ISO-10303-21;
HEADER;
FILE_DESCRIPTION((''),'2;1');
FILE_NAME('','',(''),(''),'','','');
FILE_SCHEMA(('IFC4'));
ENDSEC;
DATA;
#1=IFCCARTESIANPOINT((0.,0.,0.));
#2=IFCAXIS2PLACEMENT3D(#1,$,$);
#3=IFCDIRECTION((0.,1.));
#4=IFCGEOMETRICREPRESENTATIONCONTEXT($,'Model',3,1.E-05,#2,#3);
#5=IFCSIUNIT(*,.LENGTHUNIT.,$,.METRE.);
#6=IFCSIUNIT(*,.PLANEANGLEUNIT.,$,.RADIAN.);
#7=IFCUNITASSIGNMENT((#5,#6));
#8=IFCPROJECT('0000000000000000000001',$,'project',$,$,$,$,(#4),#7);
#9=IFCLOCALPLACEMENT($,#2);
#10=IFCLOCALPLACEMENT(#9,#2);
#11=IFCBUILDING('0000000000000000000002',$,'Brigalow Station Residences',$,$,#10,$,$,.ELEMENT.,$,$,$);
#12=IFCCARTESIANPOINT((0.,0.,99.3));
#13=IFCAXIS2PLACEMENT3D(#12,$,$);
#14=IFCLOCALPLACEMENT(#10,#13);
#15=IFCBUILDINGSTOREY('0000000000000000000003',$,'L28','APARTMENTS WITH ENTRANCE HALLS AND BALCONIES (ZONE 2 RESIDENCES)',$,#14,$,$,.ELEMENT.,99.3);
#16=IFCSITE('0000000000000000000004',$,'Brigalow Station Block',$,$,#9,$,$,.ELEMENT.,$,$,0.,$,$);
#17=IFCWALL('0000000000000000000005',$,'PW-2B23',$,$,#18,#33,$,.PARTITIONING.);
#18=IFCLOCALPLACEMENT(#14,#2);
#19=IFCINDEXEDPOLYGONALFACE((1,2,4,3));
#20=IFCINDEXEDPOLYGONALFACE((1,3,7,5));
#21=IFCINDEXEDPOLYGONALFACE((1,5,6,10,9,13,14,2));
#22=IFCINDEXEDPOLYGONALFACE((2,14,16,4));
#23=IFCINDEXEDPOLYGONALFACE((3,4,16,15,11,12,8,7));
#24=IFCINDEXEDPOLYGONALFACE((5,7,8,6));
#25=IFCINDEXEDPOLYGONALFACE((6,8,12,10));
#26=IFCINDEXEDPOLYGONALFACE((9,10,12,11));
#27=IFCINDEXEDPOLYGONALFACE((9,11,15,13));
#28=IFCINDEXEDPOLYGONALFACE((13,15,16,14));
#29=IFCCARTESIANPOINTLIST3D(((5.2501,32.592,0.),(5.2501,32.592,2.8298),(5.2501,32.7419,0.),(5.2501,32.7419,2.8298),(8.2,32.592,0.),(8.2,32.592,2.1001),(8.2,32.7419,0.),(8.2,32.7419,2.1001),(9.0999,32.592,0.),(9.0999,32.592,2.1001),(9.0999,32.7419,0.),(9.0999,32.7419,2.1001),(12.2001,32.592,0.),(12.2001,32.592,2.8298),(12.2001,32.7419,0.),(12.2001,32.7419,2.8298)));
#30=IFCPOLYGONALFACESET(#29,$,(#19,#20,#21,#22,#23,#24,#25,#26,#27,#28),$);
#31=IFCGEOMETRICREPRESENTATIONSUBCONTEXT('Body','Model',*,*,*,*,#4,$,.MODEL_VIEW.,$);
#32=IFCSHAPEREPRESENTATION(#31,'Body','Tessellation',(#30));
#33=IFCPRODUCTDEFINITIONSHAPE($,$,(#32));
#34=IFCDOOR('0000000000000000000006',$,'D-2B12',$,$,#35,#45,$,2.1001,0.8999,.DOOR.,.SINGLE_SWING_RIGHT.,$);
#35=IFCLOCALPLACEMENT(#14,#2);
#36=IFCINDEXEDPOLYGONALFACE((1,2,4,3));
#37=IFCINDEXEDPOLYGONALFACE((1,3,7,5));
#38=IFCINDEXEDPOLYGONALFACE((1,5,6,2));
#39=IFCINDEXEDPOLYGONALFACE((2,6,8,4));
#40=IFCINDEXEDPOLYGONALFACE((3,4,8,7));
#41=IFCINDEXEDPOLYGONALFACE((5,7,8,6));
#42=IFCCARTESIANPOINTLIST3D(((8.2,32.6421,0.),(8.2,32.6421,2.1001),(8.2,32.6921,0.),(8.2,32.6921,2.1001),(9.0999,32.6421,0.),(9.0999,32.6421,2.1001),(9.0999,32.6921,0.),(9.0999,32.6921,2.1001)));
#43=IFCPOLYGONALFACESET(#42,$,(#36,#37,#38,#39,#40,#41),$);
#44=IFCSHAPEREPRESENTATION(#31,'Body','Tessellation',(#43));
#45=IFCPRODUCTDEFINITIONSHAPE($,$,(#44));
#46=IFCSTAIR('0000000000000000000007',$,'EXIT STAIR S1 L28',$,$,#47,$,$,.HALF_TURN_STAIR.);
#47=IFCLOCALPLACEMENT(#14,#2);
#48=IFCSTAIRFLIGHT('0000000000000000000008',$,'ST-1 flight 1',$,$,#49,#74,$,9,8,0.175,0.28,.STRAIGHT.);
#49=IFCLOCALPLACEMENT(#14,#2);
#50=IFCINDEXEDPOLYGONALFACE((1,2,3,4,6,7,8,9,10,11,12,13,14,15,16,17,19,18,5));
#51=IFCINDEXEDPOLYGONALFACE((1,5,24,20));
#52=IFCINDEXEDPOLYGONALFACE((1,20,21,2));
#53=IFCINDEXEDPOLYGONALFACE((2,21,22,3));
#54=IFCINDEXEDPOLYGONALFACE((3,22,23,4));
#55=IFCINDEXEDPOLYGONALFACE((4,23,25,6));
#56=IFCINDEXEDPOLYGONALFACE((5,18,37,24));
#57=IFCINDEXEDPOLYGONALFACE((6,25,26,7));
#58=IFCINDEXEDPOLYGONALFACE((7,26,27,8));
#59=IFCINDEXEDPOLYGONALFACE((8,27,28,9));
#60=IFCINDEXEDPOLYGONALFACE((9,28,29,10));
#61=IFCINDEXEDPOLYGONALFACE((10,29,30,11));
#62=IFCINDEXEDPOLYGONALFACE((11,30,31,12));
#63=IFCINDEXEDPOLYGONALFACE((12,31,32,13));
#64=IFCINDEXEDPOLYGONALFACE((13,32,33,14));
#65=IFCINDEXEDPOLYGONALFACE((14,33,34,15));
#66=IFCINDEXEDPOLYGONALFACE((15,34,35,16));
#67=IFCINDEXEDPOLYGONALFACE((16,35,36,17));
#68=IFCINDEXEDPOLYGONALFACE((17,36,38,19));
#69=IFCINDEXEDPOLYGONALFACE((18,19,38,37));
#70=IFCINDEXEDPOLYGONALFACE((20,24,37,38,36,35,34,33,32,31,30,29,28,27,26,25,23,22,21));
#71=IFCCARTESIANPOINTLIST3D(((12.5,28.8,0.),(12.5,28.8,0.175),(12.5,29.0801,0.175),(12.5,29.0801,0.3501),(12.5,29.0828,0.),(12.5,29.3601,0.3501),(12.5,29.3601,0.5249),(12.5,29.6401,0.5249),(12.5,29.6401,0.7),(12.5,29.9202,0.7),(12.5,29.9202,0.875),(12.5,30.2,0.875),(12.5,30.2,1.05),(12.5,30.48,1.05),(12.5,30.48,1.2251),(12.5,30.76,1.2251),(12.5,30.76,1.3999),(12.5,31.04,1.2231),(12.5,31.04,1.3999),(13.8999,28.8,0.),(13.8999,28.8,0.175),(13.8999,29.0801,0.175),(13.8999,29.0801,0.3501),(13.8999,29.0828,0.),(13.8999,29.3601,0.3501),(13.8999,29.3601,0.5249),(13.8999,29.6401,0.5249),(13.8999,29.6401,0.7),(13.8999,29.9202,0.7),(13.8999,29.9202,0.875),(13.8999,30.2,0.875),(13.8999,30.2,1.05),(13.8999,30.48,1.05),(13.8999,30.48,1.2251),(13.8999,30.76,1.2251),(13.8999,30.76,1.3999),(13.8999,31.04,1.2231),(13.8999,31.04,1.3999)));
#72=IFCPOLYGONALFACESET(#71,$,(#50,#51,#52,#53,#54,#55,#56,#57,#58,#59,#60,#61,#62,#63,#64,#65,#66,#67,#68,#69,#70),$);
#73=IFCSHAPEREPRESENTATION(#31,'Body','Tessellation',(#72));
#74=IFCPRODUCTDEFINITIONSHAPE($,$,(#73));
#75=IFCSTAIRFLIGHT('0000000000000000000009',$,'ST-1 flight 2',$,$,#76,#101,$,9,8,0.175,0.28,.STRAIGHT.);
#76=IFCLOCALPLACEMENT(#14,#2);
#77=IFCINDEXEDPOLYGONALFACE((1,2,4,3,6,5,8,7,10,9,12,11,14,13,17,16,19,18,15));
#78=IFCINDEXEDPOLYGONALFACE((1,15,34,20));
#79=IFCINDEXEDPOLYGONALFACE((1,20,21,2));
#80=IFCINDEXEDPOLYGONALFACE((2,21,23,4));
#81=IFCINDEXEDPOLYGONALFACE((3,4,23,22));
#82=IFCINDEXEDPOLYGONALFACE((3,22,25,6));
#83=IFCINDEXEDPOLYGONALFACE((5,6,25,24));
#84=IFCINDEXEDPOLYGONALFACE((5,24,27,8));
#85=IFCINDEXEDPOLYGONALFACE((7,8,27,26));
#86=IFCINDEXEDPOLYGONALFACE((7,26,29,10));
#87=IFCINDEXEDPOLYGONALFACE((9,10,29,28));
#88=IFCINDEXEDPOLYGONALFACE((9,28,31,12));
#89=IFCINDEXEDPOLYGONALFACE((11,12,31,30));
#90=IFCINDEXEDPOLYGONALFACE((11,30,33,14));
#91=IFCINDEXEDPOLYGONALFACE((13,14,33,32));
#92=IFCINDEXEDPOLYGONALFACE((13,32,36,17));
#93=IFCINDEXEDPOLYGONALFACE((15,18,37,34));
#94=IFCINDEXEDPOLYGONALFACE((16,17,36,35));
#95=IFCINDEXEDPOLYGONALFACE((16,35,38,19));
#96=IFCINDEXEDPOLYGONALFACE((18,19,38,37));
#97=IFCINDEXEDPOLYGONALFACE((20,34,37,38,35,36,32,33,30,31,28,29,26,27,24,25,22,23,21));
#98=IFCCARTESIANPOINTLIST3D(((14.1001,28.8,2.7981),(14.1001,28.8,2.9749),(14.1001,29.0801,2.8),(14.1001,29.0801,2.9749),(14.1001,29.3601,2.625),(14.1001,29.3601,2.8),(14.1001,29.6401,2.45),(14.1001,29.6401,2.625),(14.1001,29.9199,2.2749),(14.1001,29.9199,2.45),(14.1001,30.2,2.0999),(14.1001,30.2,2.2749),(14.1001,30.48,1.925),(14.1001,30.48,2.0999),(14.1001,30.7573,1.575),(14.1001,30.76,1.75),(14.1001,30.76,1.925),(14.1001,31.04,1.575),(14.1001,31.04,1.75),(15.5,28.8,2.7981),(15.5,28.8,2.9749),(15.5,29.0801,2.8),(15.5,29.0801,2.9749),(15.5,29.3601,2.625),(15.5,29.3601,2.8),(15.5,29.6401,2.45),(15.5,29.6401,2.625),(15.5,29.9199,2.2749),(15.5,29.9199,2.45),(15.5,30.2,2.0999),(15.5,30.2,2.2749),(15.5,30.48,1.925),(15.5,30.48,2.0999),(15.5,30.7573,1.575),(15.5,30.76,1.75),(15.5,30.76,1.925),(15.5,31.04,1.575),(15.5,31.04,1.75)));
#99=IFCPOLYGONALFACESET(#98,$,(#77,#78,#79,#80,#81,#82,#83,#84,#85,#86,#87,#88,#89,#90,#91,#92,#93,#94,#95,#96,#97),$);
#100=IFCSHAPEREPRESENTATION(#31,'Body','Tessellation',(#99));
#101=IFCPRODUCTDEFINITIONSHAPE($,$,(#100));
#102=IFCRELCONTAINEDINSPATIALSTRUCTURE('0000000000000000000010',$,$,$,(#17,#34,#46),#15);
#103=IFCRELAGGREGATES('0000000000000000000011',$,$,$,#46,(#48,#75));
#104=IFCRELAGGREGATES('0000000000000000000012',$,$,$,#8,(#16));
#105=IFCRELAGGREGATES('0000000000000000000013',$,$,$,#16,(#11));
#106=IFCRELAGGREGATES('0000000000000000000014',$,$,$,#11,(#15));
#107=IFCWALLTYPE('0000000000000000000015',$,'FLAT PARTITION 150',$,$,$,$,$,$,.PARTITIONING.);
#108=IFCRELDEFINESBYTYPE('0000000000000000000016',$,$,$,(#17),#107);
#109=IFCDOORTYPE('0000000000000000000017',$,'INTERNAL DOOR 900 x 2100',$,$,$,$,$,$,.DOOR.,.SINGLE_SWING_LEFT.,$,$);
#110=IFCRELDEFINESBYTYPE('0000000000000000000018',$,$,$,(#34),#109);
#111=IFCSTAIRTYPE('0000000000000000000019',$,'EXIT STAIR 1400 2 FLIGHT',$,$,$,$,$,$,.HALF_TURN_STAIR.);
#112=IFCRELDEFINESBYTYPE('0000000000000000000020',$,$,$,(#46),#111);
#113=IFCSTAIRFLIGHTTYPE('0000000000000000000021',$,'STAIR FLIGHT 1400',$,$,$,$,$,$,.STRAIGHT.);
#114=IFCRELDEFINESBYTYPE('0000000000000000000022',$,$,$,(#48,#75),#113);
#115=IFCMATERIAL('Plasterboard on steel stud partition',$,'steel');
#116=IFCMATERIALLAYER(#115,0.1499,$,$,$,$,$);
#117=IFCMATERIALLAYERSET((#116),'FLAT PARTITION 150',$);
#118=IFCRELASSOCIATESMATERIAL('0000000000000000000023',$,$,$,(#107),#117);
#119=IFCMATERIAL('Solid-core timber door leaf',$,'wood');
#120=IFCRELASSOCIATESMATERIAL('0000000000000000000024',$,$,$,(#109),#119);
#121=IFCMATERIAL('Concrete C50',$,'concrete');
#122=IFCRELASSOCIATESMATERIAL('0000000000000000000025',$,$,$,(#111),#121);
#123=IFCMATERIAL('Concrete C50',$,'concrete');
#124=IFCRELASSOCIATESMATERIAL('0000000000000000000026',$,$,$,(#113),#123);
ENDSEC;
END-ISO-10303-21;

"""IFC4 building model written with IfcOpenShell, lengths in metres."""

from ifc_helpers import new_model, si_unit, direction, frame, frame_2d, origin, place, context, subcontext, project, spatial, polyline, rectangle, outline, extrude, material, layer, layer_set, type_object, element, fill, aggregate, save


model = new_model("IFC4")

# Units and contexts
model_context = context("Model", 3, precision=1e-05, world=origin(), true_north=direction((0.0, 1.0)))
body_context = subcontext(model_context, "Body", "Model", "MODEL_VIEW")
ifc_project = project(units=[si_unit("LENGTHUNIT", "METRE"), si_unit("PLANEANGLEUNIT", "RADIAN")], contexts=[model_context])

# Site, building, storey
site_placement = place(None, origin())
site = spatial("IfcSite", under=ifc_project, at=site_placement, Name="Brigalow Station Block", CompositionType="ELEMENT", RefElevation=0.0)
building_placement = place(site_placement, origin())
building = spatial("IfcBuilding", under=site, at=building_placement, Name="Brigalow Station Residences", CompositionType="ELEMENT")
storey_placement = place(building_placement, frame((0.0, 0.0, 99.3)))
storey = spatial("IfcBuildingStorey", under=building, at=storey_placement, Name="L28", Description="APARTMENTS WITH ENTRANCE HALLS AND BALCONIES (ZONE 2 RESIDENCES)", CompositionType="ELEMENT", Elevation=99.3)

# Wall, opening, door
ifc_material_1 = material(Name="Plasterboard on steel stud partition", Category="steel")
ifc_layer_1 = layer(ifc_material_1, 0.1499)
ifc_layer_set_1 = layer_set([ifc_layer_1], Name="FLAT PARTITION 150")
wall_type_1 = type_object("IfcWallType", Name="FLAT PARTITION 150", PredefinedType="PARTITIONING", material=ifc_layer_set_1)
ifc_material_2 = material(Name="Solid-core timber door leaf", Category="wood")
door_type_1 = type_object("IfcDoorType", Name="INTERNAL DOOR 900 x 2100", OperationType="SINGLE_SWING_LEFT", PredefinedType="DOOR", material=ifc_material_2)
wall_1_placement = place(storey_placement, frame((5.25, 32.667, 0.0), z_axis=(0.0, 0.0, 1.0), x_axis=(1.0, 0.0, 0.0)))
wall_1 = element("IfcWall", 1, at=wall_1_placement, inside=storey, type_object=wall_type_1, Name="PW-2B23", PredefinedType="PARTITIONING", context=body_context, shape_type="SweptSolid", body=[
    extrude(rectangle(XDim=6.95, YDim=0.1499, at=frame_2d((3.4751, 0.0))), origin(), (0.0, 0.0, 1.0), 2.8298),
])
opening_1_placement = place(wall_1_placement, frame((2.95, 0.0, 0.0)))
opening_1 = element("IfcOpeningElement", 2, at=opening_1_placement, cuts=wall_1, PredefinedType="OPENING", context=body_context, shape_type="SweptSolid", body=[
    extrude(rectangle(XDim=0.8999, YDim=2.1001, at=frame_2d((0.45, 1.05))), frame((0.0, 0.085, 0.0), z_axis=(0.0, -1.0, 0.0), x_axis=(1.0, 0.0, 0.0)), (0.0, 0.0, 1.0), 0.1699),
])
door_1_placement = place(opening_1_placement, frame((0.8999, 0.0, 0.0), z_axis=(0.0, 0.0, 1.0), x_axis=(-1.0, 0.0, 0.0)))
door_1 = element("IfcDoor", 3, at=door_1_placement, inside=storey, type_object=door_type_1, Name="D-2B12", OperationType="SINGLE_SWING_RIGHT", OverallHeight=2.1001, OverallWidth=0.8999, PredefinedType="DOOR", context=body_context, shape_type="SweptSolid", body=[
    extrude(rectangle(XDim=0.8999, YDim=2.1001, at=frame_2d((0.45, 1.05))), frame((0.0, 0.0249, 0.0), z_axis=(0.0, -1.0, 0.0), x_axis=(1.0, 0.0, 0.0)), (0.0, 0.0, 1.0), 0.05),
])
fill(opening_1, door_1)

# Stair, stair flights
ifc_material_3 = material(Name="Concrete C50", Category="concrete")
stair_type = type_object("IfcStairType", Name="EXIT STAIR 1400 2 FLIGHT", PredefinedType="HALF_TURN_STAIR", material=ifc_material_3)
stair_placement = place(storey_placement, origin())
stair = element("IfcStair", 4, at=stair_placement, inside=storey, type_object=stair_type, Name="EXIT STAIR S1 L28", PredefinedType="HALF_TURN_STAIR")
ifc_material_4 = material(Name="Concrete C50", Category="concrete")
stair_flight_type = type_object("IfcStairFlightType", Name="STAIR FLIGHT 1400", PredefinedType="STRAIGHT", material=ifc_material_4)
stair_flight_1_placement = place(storey_placement, frame((13.2, 28.8, 0.0), z_axis=(0.0, 0.0, 1.0), x_axis=(0.0, 1.0, 0.0)))
stair_flight_1 = element("IfcStairFlight", 5, at=stair_flight_1_placement, type_object=stair_flight_type, Name="ST-1 flight 1", NumberOfRisers=9, NumberOfTreads=8, PredefinedType="STRAIGHT", RiserHeight=0.175, TreadLength=0.28, context=body_context, shape_type="SweptSolid", body=[
    extrude(outline(polyline([(0.0, 0.0), (0.0, 0.175), (0.28, 0.175), (0.28, 0.3501), (0.5601, 0.3501), (0.5601, 0.5249), (0.8401, 0.5249), (0.8401, 0.7), (1.1201, 0.7), (1.1201, 0.875), (1.3999, 0.875), (1.3999, 1.05), (1.6799, 1.05), (1.6799, 1.2251), (1.96, 1.2251), (1.96, 1.3999), (2.24, 1.3999), (2.24, 1.575), (2.24, 1.2231), (0.2827, 0.0), (0.0, 0.0)])), frame((0.0, 0.7, 0.0), z_axis=(0.0, -1.0, 0.0), x_axis=(1.0, 0.0, 0.0)), (0.0, 0.0, 1.0), 1.3999),
])
stair_flight_2_placement = place(storey_placement, frame((14.8, 31.04, 1.575), z_axis=(0.0, 0.0, 1.0), x_axis=(0.0, -1.0, 0.0)))
stair_flight_2 = element("IfcStairFlight", 6, at=stair_flight_2_placement, type_object=stair_flight_type, Name="ST-1 flight 2", NumberOfRisers=9, NumberOfTreads=8, PredefinedType="STRAIGHT", RiserHeight=0.175, TreadLength=0.28, context=body_context, shape_type="SweptSolid", body=[
    extrude(outline(polyline([(0.0, 0.0), (0.0, 0.175), (0.28, 0.175), (0.28, 0.3501), (0.5601, 0.3501), (0.5601, 0.5249), (0.8401, 0.5249), (0.8401, 0.7), (1.1201, 0.7), (1.1201, 0.875), (1.3999, 0.875), (1.3999, 1.05), (1.6799, 1.05), (1.6799, 1.2251), (1.96, 1.2251), (1.96, 1.3999), (2.24, 1.3999), (2.24, 1.575), (2.24, 1.2231), (0.2827, 0.0), (0.0, 0.0)])), frame((0.0, 0.7, 0.0), z_axis=(0.0, -1.0, 0.0), x_axis=(1.0, 0.0, 0.0)), (0.0, 0.0, 1.0), 1.3999),
])
aggregate(stair, [stair_flight_1, stair_flight_2])

save(model, "model.ifc")
